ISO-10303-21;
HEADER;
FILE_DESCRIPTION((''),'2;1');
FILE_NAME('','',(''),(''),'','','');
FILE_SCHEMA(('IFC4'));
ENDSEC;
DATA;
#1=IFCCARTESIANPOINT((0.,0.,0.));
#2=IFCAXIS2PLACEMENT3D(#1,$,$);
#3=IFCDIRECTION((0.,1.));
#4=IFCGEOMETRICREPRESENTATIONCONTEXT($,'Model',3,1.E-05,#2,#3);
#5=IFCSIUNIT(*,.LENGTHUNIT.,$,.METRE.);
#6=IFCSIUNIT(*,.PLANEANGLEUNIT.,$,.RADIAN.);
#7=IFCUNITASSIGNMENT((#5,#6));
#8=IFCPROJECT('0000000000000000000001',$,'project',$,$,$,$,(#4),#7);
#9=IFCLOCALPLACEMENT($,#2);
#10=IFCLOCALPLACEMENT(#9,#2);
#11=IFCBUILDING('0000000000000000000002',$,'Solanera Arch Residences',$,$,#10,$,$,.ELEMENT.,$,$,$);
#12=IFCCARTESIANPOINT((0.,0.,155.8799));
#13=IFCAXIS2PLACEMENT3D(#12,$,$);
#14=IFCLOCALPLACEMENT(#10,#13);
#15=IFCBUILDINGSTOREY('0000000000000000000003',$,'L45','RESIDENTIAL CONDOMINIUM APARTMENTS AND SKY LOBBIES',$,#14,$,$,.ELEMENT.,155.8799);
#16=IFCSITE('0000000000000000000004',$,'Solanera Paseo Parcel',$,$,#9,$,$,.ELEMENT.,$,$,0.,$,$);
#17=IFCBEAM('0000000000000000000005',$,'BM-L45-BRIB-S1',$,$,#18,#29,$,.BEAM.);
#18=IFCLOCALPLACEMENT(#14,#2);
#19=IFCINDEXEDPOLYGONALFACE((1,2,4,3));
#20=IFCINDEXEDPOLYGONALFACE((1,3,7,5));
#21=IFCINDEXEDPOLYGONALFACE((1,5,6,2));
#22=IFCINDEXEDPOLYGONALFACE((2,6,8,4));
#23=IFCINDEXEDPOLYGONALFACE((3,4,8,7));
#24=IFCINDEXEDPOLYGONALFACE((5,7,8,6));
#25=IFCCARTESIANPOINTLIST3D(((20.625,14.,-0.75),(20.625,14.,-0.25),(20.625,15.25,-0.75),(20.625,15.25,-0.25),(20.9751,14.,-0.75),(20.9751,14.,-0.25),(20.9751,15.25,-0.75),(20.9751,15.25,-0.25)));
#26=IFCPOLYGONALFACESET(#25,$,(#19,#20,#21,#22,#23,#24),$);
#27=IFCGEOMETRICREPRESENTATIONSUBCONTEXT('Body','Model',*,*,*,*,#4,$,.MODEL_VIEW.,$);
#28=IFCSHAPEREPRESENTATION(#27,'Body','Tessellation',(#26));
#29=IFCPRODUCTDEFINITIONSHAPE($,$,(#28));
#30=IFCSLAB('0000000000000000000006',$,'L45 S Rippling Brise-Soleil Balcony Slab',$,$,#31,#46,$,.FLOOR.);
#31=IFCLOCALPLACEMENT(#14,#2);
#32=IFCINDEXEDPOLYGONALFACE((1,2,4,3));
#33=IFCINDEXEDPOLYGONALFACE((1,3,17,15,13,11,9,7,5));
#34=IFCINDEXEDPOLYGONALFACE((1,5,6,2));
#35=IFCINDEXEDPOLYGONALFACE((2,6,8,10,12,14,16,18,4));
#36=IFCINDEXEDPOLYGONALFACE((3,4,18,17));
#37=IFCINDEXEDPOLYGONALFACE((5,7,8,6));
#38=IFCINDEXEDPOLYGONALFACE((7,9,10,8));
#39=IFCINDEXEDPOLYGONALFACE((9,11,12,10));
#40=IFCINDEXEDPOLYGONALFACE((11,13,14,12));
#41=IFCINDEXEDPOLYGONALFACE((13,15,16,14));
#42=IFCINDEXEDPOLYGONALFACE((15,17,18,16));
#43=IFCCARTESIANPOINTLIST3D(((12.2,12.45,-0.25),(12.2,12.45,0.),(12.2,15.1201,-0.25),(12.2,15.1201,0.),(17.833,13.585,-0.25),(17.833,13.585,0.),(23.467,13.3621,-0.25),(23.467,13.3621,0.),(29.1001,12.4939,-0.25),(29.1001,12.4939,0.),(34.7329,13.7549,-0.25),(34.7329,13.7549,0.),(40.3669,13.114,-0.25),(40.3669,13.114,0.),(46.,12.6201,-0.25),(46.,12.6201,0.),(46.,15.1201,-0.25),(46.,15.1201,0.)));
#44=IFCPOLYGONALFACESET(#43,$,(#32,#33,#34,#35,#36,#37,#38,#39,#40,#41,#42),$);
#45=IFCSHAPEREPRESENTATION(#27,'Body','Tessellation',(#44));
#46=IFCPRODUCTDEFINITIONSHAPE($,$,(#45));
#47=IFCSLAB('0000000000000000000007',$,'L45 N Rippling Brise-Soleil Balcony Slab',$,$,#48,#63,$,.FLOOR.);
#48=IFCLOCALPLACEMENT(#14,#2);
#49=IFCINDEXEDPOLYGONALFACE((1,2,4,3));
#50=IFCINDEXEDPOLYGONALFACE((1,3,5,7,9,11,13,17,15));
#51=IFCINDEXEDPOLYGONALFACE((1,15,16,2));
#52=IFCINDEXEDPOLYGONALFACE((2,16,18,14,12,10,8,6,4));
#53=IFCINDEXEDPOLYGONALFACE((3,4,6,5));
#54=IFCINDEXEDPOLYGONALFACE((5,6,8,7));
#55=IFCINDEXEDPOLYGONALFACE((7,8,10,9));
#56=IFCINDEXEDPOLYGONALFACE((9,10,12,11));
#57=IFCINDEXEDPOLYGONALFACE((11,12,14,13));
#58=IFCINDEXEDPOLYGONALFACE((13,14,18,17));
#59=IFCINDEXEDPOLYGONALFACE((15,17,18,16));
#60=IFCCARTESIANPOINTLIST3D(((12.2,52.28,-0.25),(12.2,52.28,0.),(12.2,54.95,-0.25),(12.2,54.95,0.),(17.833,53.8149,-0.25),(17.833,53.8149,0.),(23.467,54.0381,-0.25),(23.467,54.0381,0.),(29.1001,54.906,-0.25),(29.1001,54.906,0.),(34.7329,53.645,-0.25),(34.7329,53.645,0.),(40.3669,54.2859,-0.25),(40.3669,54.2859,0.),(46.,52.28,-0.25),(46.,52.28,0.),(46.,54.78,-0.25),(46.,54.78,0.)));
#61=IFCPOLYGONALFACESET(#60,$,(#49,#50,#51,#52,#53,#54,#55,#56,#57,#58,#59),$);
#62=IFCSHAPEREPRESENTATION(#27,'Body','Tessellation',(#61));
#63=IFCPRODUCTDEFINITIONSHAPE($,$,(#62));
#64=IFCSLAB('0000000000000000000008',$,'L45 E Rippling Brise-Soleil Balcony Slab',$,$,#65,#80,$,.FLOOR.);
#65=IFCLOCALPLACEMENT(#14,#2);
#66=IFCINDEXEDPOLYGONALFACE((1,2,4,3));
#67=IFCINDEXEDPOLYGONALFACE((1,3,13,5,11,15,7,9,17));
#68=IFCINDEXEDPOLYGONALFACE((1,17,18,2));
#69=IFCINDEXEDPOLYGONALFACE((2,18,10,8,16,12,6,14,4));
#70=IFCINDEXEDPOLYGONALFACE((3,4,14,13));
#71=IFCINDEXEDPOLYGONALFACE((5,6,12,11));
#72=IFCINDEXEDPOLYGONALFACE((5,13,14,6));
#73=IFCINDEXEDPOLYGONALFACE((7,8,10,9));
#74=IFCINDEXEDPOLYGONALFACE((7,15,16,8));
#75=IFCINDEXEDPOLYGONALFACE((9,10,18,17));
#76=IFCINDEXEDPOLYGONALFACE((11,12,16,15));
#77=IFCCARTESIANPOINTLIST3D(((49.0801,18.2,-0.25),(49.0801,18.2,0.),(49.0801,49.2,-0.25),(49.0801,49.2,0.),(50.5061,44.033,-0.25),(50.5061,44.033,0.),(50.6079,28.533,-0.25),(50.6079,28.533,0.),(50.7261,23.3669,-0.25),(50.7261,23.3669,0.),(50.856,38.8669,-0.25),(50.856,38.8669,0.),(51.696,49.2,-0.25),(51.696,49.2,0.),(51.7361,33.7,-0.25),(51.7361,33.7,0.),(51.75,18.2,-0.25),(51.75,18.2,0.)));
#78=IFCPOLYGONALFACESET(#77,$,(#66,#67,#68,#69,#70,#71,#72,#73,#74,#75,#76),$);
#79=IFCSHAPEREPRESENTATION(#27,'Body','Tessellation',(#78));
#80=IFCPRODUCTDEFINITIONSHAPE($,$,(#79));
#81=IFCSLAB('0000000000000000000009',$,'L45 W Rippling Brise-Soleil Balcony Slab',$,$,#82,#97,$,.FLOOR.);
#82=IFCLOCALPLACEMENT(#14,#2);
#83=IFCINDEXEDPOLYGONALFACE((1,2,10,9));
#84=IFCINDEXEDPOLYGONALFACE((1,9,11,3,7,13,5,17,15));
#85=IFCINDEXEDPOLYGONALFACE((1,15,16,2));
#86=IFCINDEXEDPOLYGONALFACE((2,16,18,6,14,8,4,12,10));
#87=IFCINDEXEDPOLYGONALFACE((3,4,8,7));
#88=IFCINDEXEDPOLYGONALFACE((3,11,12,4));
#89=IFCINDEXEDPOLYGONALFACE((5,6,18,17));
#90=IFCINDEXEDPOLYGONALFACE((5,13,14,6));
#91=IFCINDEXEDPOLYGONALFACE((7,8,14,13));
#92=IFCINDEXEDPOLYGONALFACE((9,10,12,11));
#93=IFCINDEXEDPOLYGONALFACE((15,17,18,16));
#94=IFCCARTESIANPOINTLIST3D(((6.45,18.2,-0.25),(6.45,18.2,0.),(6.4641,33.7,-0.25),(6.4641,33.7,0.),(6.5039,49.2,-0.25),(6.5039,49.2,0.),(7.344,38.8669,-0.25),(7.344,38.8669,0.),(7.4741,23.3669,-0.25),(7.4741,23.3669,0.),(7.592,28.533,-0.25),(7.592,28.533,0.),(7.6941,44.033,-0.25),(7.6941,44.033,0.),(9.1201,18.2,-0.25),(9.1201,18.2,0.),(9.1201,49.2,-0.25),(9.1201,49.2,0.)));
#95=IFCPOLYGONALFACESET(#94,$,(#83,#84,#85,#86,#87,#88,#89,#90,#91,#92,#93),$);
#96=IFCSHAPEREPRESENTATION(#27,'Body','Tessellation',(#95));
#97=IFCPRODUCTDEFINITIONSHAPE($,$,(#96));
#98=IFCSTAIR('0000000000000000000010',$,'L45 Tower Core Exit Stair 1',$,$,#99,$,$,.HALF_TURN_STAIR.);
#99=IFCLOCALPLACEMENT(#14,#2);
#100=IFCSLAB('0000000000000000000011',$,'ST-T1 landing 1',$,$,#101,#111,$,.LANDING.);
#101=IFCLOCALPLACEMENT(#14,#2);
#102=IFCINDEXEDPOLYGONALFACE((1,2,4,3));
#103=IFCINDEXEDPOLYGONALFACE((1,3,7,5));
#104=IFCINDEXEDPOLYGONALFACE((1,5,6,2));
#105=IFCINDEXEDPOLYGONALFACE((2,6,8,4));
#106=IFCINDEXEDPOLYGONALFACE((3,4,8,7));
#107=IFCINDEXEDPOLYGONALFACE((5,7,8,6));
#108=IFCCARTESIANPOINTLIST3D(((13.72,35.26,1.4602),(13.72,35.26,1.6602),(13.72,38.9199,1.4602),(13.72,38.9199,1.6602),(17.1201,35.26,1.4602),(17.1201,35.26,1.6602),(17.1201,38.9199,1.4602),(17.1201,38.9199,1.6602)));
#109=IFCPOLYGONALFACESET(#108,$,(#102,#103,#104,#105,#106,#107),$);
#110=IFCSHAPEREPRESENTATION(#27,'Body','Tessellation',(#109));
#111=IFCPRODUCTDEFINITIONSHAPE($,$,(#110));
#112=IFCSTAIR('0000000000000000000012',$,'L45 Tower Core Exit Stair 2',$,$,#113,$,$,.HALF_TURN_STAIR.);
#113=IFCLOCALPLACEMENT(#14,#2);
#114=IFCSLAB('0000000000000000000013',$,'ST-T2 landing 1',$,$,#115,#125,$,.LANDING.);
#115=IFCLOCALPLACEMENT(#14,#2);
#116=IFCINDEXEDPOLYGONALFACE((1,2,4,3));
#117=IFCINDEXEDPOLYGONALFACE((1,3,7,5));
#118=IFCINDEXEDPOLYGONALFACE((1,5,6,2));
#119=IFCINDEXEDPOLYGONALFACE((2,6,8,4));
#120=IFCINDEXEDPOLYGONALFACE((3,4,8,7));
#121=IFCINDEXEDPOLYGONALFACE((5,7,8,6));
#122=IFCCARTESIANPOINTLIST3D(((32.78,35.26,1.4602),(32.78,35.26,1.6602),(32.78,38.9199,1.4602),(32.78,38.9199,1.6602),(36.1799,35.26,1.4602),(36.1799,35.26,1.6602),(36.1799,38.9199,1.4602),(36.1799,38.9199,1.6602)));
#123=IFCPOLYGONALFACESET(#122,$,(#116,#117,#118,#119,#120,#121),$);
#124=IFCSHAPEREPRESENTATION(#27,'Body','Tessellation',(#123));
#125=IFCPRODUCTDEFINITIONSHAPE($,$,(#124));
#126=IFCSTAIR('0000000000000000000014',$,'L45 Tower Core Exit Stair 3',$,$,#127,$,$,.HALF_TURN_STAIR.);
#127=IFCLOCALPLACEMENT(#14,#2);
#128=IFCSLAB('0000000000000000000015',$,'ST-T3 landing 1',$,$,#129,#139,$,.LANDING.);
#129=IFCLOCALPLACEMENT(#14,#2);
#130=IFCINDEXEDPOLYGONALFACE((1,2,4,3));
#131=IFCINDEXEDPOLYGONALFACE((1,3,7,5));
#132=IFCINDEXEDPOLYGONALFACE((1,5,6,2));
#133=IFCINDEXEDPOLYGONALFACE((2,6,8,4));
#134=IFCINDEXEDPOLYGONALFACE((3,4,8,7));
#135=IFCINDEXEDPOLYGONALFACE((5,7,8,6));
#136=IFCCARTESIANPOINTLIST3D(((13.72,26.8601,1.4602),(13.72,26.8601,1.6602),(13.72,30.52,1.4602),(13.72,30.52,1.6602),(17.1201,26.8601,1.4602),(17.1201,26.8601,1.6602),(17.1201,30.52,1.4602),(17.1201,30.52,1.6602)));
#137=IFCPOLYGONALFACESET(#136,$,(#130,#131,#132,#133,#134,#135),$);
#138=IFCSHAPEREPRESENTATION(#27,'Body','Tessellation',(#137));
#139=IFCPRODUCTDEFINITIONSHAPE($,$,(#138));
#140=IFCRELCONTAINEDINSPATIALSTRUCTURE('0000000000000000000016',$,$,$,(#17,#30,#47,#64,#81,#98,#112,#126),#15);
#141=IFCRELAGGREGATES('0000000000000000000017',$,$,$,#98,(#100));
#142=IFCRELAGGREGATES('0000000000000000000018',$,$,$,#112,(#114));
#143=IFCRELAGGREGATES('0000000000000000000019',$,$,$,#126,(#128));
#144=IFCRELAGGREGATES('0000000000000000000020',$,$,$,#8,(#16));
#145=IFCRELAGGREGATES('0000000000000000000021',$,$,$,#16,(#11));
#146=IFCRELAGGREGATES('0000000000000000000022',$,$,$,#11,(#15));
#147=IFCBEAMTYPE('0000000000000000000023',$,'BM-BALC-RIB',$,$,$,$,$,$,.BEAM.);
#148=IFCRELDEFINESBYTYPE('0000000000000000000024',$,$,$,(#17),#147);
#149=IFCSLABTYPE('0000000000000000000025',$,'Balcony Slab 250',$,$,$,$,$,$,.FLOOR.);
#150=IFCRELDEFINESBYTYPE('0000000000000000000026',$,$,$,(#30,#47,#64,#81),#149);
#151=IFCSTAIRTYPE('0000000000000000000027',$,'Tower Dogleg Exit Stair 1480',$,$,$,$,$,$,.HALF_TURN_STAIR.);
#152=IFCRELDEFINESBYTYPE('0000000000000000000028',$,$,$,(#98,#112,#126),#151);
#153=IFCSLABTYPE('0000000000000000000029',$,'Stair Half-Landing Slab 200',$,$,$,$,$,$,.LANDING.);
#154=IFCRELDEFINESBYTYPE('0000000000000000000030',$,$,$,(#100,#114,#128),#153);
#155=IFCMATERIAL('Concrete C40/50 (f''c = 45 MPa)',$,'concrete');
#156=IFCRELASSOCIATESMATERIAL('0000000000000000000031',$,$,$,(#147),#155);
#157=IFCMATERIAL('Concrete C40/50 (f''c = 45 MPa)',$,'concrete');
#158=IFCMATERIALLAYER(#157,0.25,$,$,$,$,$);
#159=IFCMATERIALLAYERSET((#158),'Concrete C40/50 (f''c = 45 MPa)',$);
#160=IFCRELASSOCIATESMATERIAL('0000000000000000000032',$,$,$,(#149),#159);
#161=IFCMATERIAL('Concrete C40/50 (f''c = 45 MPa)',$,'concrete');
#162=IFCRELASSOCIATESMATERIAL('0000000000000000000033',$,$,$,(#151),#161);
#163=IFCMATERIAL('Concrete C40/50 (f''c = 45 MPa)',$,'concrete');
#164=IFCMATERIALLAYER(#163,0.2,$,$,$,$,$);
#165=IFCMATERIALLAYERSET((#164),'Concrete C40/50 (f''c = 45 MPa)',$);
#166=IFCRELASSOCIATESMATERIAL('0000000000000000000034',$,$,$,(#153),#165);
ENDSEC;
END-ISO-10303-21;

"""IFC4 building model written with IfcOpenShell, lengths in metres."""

from ifc_helpers import new_model, si_unit, direction, frame, origin, origin_2d, place, context, subcontext, project, spatial, polyline, rectangle, outline, extrude, material, layer, layer_set, material_profile, profile_set, type_object, element, aggregate, save


model = new_model("IFC4")

# Units and contexts
model_context = context("Model", 3, precision=1e-05, world=origin(), true_north=direction((0.0, 1.0)))
body_context = subcontext(model_context, "Body", "Model", "MODEL_VIEW")
ifc_project = project(units=[si_unit("LENGTHUNIT", "METRE"), si_unit("PLANEANGLEUNIT", "RADIAN")], contexts=[model_context])

# Site, building, storey
site_placement = place(None, origin())
site = spatial("IfcSite", under=ifc_project, at=site_placement, Name="Solanera Paseo Parcel", CompositionType="ELEMENT", RefElevation=0.0)
building_placement = place(site_placement, origin())
building = spatial("IfcBuilding", under=site, at=building_placement, Name="Solanera Arch Residences", CompositionType="ELEMENT")
storey_placement = place(building_placement, frame((0.0, 0.0, 155.8799)))
storey = spatial("IfcBuildingStorey", under=building, at=storey_placement, Name="L45", Description="RESIDENTIAL CONDOMINIUM APARTMENTS AND SKY LOBBIES", CompositionType="ELEMENT", Elevation=155.8799)

# Beam
ifc_material_1 = material(Name="Concrete C40/50 (f'c = 45 MPa)", Category="concrete")
ifc_material_profile = material_profile(ifc_material_1, rectangle(XDim=0.3501, YDim=0.5, at=origin_2d()))
ifc_profile_set = profile_set([ifc_material_profile], Name="Concrete C40/50 (f'c = 45 MPa)")
beam_type = type_object("IfcBeamType", Name="BM-BALC-RIB", PredefinedType="BEAM", material=ifc_profile_set)
beam_placement = place(storey_placement, frame((20.8, 14.0, -0.5), z_axis=(0.0, 1.0, 0.0), x_axis=(-1.0, 0.0, 0.0)))
element("IfcBeam", 1, at=beam_placement, inside=storey, type_object=beam_type, Name="BM-L45-BRIB-S1", PredefinedType="BEAM", context=body_context, shape_type="SweptSolid", body=[
    extrude(rectangle(XDim=0.3501, YDim=0.5, at=origin_2d()), origin(), (0.0, 0.0, 1.0), 1.25),
])

# Slabs
ifc_material_2 = material(Name="Concrete C40/50 (f'c = 45 MPa)", Category="concrete")
ifc_layer_1 = layer(ifc_material_2, 0.25)
ifc_layer_set_1 = layer_set([ifc_layer_1], Name="Concrete C40/50 (f'c = 45 MPa)")
slab_type_1 = type_object("IfcSlabType", Name="Balcony Slab 250", PredefinedType="FLOOR", material=ifc_layer_set_1)
slab_1_placement = place(storey_placement, frame((0.0, 0.0, -0.25)))
element("IfcSlab", 2, at=slab_1_placement, inside=storey, type_object=slab_type_1, Name="L45 S Rippling Brise-Soleil Balcony Slab", PredefinedType="FLOOR", context=body_context, shape_type="SweptSolid", body=[
    extrude(outline(polyline([(12.2, 12.45), (17.833, 13.585), (23.467, 13.3621), (29.1001, 12.4939), (34.7329, 13.7549), (40.3669, 13.114), (46.0, 12.6201), (46.0, 15.1201), (12.2, 15.1201), (12.2, 12.45)])), origin(), (0.0, 0.0, 1.0), 0.25),
])
slab_2_placement = place(storey_placement, frame((0.0, 0.0, -0.25)))
element("IfcSlab", 3, at=slab_2_placement, inside=storey, type_object=slab_type_1, Name="L45 N Rippling Brise-Soleil Balcony Slab", PredefinedType="FLOOR", context=body_context, shape_type="SweptSolid", body=[
    extrude(outline(polyline([(46.0, 54.78), (40.3669, 54.2859), (34.7329, 53.645), (29.1001, 54.906), (23.467, 54.0381), (17.833, 53.8149), (12.2, 54.95), (12.2, 52.28), (46.0, 52.28), (46.0, 54.78)])), origin(), (0.0, 0.0, 1.0), 0.25),
])
slab_3_placement = place(storey_placement, frame((0.0, 0.0, -0.25)))
element("IfcSlab", 4, at=slab_3_placement, inside=storey, type_object=slab_type_1, Name="L45 E Rippling Brise-Soleil Balcony Slab", PredefinedType="FLOOR", context=body_context, shape_type="SweptSolid", body=[
    extrude(outline(polyline([(51.75, 18.2), (50.7261, 23.3669), (50.6079, 28.533), (51.7361, 33.7), (50.856, 38.8669), (50.5061, 44.033), (51.696, 49.2), (49.0801, 49.2), (49.0801, 18.2), (51.75, 18.2)])), origin(), (0.0, 0.0, 1.0), 0.25),
])
slab_4_placement = place(storey_placement, frame((0.0, 0.0, -0.25)))
element("IfcSlab", 5, at=slab_4_placement, inside=storey, type_object=slab_type_1, Name="L45 W Rippling Brise-Soleil Balcony Slab", PredefinedType="FLOOR", context=body_context, shape_type="SweptSolid", body=[
    extrude(outline(polyline([(6.5039, 49.2), (7.6941, 44.033), (7.344, 38.8669), (6.4641, 33.7), (7.592, 28.533), (7.4741, 23.3669), (6.45, 18.2), (9.1201, 18.2), (9.1201, 49.2), (6.5039, 49.2)])), origin(), (0.0, 0.0, 1.0), 0.25),
])

# Stairs, slabs
ifc_material_3 = material(Name="Concrete C40/50 (f'c = 45 MPa)", Category="concrete")
stair_type = type_object("IfcStairType", Name="Tower Dogleg Exit Stair 1480", PredefinedType="HALF_TURN_STAIR", material=ifc_material_3)
stair_1_placement = place(storey_placement, origin())
stair_1 = element("IfcStair", 6, at=stair_1_placement, inside=storey, type_object=stair_type, Name="L45 Tower Core Exit Stair 1", PredefinedType="HALF_TURN_STAIR")
ifc_material_4 = material(Name="Concrete C40/50 (f'c = 45 MPa)", Category="concrete")
ifc_layer_2 = layer(ifc_material_4, 0.2)
ifc_layer_set_2 = layer_set([ifc_layer_2], Name="Concrete C40/50 (f'c = 45 MPa)")
slab_type_2 = type_object("IfcSlabType", Name="Stair Half-Landing Slab 200", PredefinedType="LANDING", material=ifc_layer_set_2)
slab_5_placement = place(storey_placement, frame((0.0, 0.0, 1.4602)))
slab_5 = element("IfcSlab", 7, at=slab_5_placement, type_object=slab_type_2, Name="ST-T1 landing 1", PredefinedType="LANDING", context=body_context, shape_type="SweptSolid", body=[
    extrude(outline(polyline([(17.1201, 35.26), (17.1201, 38.9199), (13.72, 38.9199), (13.72, 35.26), (17.1201, 35.26)])), origin(), (0.0, 0.0, 1.0), 0.2),
])
aggregate(stair_1, [slab_5])
stair_2_placement = place(storey_placement, origin())
stair_2 = element("IfcStair", 8, at=stair_2_placement, inside=storey, type_object=stair_type, Name="L45 Tower Core Exit Stair 2", PredefinedType="HALF_TURN_STAIR")
slab_6_placement = place(storey_placement, frame((0.0, 0.0, 1.4602)))
slab_6 = element("IfcSlab", 9, at=slab_6_placement, type_object=slab_type_2, Name="ST-T2 landing 1", PredefinedType="LANDING", context=body_context, shape_type="SweptSolid", body=[
    extrude(outline(polyline([(36.1799, 35.26), (36.1799, 38.9199), (32.78, 38.9199), (32.78, 35.26), (36.1799, 35.26)])), origin(), (0.0, 0.0, 1.0), 0.2),
])
aggregate(stair_2, [slab_6])
stair_3_placement = place(storey_placement, origin())
stair_3 = element("IfcStair", 10, at=stair_3_placement, inside=storey, type_object=stair_type, Name="L45 Tower Core Exit Stair 3", PredefinedType="HALF_TURN_STAIR")
slab_7_placement = place(storey_placement, frame((0.0, 0.0, 1.4602)))
slab_7 = element("IfcSlab", 11, at=slab_7_placement, type_object=slab_type_2, Name="ST-T3 landing 1", PredefinedType="LANDING", context=body_context, shape_type="SweptSolid", body=[
    extrude(outline(polyline([(17.1201, 26.8601), (17.1201, 30.52), (13.72, 30.52), (13.72, 26.8601), (17.1201, 26.8601)])), origin(), (0.0, 0.0, 1.0), 0.2),
])
aggregate(stair_3, [slab_7])

save(model, "model.ifc")
